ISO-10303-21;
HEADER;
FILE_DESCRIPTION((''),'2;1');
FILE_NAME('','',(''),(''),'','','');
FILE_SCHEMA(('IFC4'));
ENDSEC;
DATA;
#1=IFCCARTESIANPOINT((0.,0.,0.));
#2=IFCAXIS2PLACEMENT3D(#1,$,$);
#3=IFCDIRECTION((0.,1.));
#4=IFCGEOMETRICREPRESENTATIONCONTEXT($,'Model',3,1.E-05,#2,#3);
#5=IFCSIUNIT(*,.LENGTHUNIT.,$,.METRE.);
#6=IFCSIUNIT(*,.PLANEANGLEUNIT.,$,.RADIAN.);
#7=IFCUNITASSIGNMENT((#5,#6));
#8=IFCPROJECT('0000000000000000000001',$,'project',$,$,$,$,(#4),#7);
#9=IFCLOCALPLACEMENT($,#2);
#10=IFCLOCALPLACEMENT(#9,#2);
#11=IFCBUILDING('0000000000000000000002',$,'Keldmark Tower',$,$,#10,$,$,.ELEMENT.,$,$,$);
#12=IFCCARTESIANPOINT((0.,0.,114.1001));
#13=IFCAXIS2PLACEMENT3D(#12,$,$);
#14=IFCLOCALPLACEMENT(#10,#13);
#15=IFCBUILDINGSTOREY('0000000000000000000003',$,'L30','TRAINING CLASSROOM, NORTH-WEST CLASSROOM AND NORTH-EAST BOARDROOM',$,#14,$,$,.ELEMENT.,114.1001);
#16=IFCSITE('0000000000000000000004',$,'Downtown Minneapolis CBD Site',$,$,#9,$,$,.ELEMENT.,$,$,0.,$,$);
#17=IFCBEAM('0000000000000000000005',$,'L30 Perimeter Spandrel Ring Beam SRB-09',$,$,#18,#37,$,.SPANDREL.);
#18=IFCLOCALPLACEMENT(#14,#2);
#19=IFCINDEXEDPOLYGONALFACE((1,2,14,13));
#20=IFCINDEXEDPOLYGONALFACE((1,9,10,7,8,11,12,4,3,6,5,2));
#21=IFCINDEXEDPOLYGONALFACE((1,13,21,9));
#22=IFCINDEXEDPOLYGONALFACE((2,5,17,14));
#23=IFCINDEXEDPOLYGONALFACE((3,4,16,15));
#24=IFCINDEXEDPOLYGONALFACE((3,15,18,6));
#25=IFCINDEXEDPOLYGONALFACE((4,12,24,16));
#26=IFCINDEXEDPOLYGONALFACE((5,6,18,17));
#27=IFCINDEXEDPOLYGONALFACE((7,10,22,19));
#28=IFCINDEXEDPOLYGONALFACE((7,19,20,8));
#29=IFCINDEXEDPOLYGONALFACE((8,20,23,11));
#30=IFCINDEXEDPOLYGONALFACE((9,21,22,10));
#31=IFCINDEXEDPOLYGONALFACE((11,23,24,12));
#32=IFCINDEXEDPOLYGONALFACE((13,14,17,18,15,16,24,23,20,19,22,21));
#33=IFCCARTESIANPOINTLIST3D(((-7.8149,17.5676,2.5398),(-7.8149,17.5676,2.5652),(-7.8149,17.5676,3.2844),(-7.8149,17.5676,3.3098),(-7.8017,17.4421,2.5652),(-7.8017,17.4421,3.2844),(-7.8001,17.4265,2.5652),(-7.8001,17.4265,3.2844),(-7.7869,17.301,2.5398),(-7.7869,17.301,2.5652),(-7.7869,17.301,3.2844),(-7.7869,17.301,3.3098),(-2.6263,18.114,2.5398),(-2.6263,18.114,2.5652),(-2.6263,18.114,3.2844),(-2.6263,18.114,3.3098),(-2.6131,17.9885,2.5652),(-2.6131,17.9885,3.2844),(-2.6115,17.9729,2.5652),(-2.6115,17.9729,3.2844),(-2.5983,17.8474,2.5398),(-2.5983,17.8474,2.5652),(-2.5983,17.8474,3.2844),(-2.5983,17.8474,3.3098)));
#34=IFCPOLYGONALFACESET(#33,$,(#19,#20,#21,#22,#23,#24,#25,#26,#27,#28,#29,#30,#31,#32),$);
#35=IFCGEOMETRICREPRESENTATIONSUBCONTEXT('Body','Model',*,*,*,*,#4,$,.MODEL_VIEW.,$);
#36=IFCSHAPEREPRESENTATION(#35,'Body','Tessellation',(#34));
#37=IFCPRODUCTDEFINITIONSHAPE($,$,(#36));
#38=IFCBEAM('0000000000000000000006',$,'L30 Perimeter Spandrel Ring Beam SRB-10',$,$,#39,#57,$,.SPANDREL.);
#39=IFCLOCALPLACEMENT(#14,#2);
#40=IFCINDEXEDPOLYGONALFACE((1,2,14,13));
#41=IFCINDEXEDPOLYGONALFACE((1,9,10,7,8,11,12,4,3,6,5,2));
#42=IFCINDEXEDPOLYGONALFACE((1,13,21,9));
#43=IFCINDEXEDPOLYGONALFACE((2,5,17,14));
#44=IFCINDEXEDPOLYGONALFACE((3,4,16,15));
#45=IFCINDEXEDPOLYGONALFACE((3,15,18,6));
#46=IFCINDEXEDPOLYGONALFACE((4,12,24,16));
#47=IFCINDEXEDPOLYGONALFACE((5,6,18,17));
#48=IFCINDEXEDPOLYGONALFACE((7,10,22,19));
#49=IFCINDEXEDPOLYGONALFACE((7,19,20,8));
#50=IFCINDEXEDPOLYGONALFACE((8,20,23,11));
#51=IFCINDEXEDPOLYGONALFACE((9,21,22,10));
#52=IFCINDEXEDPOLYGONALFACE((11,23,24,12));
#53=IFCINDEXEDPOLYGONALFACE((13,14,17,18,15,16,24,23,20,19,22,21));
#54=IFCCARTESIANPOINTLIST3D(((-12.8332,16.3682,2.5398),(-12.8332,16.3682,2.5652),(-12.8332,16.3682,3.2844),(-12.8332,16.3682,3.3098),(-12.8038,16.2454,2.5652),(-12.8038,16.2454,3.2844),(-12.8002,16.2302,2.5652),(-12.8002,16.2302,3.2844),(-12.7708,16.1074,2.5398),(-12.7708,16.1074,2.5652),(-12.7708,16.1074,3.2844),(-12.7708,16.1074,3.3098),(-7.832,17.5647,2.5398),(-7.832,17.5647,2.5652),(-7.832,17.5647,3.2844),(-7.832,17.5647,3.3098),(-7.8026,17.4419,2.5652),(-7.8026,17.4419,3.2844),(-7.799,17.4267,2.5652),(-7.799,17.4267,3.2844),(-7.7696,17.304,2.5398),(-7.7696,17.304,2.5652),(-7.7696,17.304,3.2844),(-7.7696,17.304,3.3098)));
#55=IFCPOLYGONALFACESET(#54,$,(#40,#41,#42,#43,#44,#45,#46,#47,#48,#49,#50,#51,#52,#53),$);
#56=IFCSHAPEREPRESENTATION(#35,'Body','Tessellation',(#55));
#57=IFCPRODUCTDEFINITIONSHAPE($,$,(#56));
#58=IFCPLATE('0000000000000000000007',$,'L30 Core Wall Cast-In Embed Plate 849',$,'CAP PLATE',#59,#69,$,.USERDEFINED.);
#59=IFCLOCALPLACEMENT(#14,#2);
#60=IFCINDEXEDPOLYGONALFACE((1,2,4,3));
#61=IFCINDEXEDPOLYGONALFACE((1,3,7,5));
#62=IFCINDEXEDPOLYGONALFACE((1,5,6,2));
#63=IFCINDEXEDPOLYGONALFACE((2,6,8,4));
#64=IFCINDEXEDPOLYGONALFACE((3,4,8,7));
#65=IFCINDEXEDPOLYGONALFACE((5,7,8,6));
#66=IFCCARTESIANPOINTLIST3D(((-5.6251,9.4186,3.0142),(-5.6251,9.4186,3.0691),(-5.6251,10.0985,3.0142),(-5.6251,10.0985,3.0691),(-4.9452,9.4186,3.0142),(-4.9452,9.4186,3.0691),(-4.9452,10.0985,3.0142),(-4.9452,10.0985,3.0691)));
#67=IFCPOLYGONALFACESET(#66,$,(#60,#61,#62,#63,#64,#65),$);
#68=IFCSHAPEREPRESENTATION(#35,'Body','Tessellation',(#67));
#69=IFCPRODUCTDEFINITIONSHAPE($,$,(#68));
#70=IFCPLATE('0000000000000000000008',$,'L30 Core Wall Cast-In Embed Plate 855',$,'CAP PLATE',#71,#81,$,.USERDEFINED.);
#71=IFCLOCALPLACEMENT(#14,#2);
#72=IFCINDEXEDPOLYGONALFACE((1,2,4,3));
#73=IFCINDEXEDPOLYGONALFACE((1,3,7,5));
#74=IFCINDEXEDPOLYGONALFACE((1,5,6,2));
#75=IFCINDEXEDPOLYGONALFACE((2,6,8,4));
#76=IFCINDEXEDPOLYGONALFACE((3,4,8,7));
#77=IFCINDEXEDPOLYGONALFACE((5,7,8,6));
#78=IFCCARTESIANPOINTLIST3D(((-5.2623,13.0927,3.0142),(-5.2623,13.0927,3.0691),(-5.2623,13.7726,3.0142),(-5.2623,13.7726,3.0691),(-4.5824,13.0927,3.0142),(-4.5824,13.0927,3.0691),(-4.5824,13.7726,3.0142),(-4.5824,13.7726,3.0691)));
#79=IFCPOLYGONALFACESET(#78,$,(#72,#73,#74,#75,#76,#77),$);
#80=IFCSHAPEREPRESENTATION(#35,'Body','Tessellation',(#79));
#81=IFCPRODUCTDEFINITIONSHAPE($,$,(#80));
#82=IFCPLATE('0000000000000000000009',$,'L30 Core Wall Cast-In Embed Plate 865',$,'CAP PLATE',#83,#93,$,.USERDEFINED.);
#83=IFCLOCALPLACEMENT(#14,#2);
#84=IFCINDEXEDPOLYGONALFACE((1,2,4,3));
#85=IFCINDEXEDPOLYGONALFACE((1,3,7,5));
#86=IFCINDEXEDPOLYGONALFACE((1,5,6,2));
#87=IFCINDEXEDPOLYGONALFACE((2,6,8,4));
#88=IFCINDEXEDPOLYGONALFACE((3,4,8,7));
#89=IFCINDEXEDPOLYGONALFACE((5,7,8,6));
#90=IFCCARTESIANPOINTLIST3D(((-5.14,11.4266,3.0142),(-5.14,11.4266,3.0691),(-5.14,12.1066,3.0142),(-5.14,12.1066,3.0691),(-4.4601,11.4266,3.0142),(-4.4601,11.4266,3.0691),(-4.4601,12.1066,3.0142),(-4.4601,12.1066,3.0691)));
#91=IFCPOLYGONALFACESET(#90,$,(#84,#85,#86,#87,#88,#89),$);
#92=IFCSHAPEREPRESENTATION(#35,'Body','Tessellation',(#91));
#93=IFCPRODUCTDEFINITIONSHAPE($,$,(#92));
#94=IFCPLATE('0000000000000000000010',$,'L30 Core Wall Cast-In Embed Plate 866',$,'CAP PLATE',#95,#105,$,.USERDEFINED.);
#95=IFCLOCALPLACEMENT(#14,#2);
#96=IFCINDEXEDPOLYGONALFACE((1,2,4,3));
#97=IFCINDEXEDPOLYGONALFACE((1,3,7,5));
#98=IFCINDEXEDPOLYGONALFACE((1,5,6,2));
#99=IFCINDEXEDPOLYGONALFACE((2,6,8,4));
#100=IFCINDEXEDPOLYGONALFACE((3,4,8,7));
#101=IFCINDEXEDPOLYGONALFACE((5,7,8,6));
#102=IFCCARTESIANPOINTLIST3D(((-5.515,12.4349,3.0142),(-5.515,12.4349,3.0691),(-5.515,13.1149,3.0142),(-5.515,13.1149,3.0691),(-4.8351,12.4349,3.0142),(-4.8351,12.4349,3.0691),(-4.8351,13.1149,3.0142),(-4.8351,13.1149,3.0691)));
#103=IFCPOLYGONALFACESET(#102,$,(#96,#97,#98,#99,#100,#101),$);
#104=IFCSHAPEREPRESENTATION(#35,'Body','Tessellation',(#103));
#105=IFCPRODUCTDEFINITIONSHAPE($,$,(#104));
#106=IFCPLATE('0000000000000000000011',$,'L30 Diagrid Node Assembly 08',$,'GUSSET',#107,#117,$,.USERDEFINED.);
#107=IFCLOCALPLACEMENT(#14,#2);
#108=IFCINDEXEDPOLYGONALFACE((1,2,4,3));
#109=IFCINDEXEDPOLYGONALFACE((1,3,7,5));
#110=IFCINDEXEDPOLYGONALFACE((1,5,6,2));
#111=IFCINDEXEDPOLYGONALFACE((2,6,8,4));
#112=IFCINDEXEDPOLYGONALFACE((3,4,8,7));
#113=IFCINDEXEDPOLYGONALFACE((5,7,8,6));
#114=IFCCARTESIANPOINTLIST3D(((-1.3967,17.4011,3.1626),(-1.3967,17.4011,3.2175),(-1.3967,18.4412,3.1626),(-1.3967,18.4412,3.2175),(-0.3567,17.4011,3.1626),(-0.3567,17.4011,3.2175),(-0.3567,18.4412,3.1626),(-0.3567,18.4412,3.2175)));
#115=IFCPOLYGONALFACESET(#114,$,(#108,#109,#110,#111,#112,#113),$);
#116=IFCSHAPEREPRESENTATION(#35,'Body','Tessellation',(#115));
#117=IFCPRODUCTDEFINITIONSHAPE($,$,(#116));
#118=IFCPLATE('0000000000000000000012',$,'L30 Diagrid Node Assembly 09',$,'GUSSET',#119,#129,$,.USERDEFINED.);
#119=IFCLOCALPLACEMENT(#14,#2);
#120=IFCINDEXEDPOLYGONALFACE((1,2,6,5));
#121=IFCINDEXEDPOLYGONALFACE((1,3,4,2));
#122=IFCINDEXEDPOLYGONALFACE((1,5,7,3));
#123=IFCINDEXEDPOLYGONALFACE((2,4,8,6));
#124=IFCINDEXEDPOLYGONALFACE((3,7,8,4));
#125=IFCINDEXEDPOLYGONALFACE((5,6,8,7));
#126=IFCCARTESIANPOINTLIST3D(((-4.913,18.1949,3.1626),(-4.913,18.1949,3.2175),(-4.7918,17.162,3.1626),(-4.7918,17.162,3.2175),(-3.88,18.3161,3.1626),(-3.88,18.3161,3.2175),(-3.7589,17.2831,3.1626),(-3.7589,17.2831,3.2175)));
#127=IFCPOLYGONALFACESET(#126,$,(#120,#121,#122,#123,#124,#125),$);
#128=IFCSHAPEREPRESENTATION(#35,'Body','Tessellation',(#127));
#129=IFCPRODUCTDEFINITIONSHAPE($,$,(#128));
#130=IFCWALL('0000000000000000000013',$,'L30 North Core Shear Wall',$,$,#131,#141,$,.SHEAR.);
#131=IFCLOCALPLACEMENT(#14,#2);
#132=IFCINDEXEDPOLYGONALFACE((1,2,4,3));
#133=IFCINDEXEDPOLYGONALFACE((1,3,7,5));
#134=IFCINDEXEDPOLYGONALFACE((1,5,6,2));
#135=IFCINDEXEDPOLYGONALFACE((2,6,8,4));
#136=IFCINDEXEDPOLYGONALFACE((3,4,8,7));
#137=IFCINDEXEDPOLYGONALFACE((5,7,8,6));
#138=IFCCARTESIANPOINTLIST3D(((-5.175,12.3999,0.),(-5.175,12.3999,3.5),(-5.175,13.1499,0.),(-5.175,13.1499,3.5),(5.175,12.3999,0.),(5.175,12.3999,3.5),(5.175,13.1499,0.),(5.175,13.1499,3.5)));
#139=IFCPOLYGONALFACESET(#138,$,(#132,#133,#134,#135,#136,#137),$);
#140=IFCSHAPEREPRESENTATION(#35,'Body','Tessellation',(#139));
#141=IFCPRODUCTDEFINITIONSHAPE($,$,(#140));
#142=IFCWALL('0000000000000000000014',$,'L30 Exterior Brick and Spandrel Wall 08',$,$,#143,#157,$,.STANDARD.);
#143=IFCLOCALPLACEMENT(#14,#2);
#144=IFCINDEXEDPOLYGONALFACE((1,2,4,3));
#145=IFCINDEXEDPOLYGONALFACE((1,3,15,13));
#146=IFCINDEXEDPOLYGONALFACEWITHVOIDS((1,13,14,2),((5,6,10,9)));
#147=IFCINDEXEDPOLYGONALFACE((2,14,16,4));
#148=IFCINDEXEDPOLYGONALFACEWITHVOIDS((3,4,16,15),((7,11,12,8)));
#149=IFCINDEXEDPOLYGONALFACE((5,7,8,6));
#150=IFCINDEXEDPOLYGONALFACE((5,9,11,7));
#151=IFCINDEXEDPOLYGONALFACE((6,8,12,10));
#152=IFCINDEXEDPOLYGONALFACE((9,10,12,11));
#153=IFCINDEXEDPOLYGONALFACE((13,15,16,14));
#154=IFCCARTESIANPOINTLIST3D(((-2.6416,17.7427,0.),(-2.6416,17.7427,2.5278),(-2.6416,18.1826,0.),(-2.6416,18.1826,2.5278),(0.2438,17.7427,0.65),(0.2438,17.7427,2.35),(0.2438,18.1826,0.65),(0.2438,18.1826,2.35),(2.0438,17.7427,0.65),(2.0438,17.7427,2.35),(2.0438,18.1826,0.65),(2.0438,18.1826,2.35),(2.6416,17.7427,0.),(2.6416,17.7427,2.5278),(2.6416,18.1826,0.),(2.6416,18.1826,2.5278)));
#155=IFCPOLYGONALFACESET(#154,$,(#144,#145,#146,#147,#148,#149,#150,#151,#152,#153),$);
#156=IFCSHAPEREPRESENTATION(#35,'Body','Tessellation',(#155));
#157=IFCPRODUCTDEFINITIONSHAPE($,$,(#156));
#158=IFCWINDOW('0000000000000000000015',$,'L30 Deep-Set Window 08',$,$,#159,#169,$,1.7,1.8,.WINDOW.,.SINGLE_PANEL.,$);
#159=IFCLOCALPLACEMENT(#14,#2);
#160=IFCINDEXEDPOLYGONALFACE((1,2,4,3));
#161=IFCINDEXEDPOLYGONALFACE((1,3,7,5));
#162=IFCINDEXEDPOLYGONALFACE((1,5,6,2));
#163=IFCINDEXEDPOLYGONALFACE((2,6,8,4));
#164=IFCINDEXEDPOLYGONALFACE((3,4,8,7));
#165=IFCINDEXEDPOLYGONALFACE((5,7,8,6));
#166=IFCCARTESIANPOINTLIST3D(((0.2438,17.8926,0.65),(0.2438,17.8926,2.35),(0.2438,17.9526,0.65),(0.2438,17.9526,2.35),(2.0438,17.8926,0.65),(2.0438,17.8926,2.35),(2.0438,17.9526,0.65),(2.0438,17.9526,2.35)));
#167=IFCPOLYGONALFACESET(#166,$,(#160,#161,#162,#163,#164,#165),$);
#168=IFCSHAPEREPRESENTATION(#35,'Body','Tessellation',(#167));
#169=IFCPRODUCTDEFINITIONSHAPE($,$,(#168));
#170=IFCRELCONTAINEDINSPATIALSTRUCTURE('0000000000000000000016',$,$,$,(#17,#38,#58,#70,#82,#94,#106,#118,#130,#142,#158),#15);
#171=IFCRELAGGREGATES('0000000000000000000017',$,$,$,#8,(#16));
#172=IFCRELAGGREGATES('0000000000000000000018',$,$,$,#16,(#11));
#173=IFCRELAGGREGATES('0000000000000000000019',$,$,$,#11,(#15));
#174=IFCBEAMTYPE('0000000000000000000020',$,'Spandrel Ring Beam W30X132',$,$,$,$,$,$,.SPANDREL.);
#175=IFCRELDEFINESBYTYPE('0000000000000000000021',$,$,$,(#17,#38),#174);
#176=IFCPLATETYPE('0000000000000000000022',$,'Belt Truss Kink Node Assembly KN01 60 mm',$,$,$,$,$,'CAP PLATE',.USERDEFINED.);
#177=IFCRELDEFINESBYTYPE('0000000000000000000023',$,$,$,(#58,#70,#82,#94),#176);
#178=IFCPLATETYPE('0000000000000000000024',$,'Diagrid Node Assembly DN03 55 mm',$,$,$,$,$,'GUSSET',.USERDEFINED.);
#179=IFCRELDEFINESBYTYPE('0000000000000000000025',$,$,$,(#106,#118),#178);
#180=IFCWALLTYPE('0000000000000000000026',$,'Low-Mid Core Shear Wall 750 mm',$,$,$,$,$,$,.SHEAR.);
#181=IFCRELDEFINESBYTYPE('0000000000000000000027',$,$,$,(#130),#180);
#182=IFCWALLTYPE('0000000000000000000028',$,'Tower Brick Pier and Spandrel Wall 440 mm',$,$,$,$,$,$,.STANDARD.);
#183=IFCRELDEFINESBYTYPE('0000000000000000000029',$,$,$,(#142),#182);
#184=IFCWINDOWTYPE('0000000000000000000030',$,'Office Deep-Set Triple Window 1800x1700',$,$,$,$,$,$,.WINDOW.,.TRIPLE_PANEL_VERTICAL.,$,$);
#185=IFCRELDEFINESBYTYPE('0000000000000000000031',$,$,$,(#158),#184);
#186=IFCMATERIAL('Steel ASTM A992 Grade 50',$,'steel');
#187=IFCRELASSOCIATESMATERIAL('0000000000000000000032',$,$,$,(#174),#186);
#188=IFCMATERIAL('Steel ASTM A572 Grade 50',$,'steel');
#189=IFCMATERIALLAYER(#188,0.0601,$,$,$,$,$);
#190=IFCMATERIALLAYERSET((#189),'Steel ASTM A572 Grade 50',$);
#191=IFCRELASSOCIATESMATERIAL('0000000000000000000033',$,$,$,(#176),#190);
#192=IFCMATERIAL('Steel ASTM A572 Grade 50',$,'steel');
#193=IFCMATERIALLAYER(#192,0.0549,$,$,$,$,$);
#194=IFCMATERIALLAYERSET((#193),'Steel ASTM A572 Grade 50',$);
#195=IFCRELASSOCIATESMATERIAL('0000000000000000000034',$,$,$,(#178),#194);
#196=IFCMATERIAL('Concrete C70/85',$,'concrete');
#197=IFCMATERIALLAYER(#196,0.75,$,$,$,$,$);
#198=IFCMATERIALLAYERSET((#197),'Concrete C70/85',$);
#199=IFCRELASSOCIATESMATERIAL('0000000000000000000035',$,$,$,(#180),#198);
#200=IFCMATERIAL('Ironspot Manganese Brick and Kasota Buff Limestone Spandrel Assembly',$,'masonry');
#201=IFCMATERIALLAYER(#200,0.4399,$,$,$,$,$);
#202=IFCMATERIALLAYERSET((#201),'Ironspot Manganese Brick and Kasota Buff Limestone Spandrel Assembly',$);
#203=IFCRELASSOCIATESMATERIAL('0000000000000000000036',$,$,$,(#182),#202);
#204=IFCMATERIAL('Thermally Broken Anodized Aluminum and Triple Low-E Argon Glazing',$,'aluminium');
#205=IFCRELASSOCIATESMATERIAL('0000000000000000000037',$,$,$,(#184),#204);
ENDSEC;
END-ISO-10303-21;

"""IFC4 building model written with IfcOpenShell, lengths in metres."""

from ifc_helpers import new_model, si_unit, direction, frame, frame_2d, origin, origin_2d, place, context, subcontext, project, spatial, rectangle, i_section, extrude, material, layer, layer_set, material_profile, profile_set, type_object, element, fill, save


model = new_model("IFC4")

# Units and contexts
model_context = context("Model", 3, precision=1e-05, world=origin(), true_north=direction((0.0, 1.0)))
body_context = subcontext(model_context, "Body", "Model", "MODEL_VIEW")
ifc_project = project(units=[si_unit("LENGTHUNIT", "METRE"), si_unit("PLANEANGLEUNIT", "RADIAN")], contexts=[model_context])

# Site, building, storey
site_placement = place(None, origin())
site = spatial("IfcSite", under=ifc_project, at=site_placement, Name="Downtown Minneapolis CBD Site", CompositionType="ELEMENT", RefElevation=0.0)
building_placement = place(site_placement, origin())
building = spatial("IfcBuilding", under=site, at=building_placement, Name="Keldmark Tower", CompositionType="ELEMENT")
storey_placement = place(building_placement, frame((0.0, 0.0, 114.1001)))
storey = spatial("IfcBuildingStorey", under=building, at=storey_placement, Name="L30", Description="TRAINING CLASSROOM, NORTH-WEST CLASSROOM AND NORTH-EAST BOARDROOM", CompositionType="ELEMENT", Elevation=114.1001)

# Beams
ifc_material_1 = material(Name="Steel ASTM A992 Grade 50", Category="steel")
ifc_material_profile_1 = material_profile(ifc_material_1, i_section(OverallWidth=0.2681, OverallDepth=0.77, WebThickness=0.0156, FlangeThickness=0.0254, at=origin_2d()), Name="W30X132")
ifc_profile_set_1 = profile_set([ifc_material_profile_1], Name="Steel ASTM A992 Grade 50")
beam_type_1 = type_object("IfcBeamType", Name="Spandrel Ring Beam W30X132", PredefinedType="SPANDREL", material=ifc_profile_set_1)
beam_1_placement = place(storey_placement, frame((-2.6123, 17.9807, 2.9248), z_axis=(-0.994501, -0.104729, 0.0), x_axis=(0.104729, -0.994501, 0.0)))
element("IfcBeam", 1, at=beam_1_placement, inside=storey, type_object=beam_type_1, Name="L30 Perimeter Spandrel Ring Beam SRB-09", PredefinedType="SPANDREL", context=body_context, shape_type="SweptSolid", body=[
    extrude(i_section(OverallWidth=0.2681, OverallDepth=0.77, WebThickness=0.0156, FlangeThickness=0.0254, at=origin_2d()), origin(), (0.0, 0.0, 1.0), 5.2173),
])
beam_2_placement = place(storey_placement, frame((-7.8008, 17.4343, 2.9248), z_axis=(-0.972553, -0.232682, 0.0), x_axis=(0.232682, -0.972553, 0.0)))
element("IfcBeam", 2, at=beam_2_placement, inside=storey, type_object=beam_type_1, Name="L30 Perimeter Spandrel Ring Beam SRB-10", PredefinedType="SPANDREL", context=body_context, shape_type="SweptSolid", body=[
    extrude(i_section(OverallWidth=0.2681, OverallDepth=0.77, WebThickness=0.0156, FlangeThickness=0.0254, at=origin_2d()), origin(), (0.0, 0.0, 1.0), 5.1423),
])

# Plates
ifc_material_2 = material(Name="Steel ASTM A572 Grade 50", Category="steel")
ifc_layer_1 = layer(ifc_material_2, 0.0601)
ifc_layer_set_1 = layer_set([ifc_layer_1], Name="Steel ASTM A572 Grade 50")
plate_type_1 = type_object("IfcPlateType", Name="Belt Truss Kink Node Assembly KN01 60 mm", ElementType="CAP PLATE", PredefinedType="USERDEFINED", material=ifc_layer_set_1)
for number, where, z_axis, x_axis, name in (
    (3, (-5.2852, 9.7585, 3.0142), (0.0, 0.0, 1.0), (1.0, 0.0, 0.0), "L30 Core Wall Cast-In Embed Plate 849"),
    (4, (-4.9224, 13.4326, 3.0142), (0.0, 0.0, 1.0), (1.0, 0.0, 0.0), "L30 Core Wall Cast-In Embed Plate 855"),
    (5, (-4.8, 11.7666, 3.0142), (0.0, 0.0, 1.0), (1.0, 0.0, 0.0), "L30 Core Wall Cast-In Embed Plate 865"),
    (6, (-5.175, 12.7749, 3.0142), (0.0, 0.0, 1.0), (1.0, 0.0, 0.0), "L30 Core Wall Cast-In Embed Plate 866"),
):
    element("IfcPlate", number, at=place(storey_placement, frame(where, z_axis=z_axis, x_axis=x_axis)), inside=storey, type_object=plate_type_1, Name=name, ObjectType="CAP PLATE", PredefinedType="USERDEFINED", context=body_context, shape_type="SweptSolid", body=[
        extrude(rectangle(XDim=0.6799, YDim=0.6799, at=origin_2d()), origin(), (0.0, 0.0, 1.0), 0.0549),
    ])
ifc_material_3 = material(Name="Steel ASTM A572 Grade 50", Category="steel")
ifc_layer_2 = layer(ifc_material_3, 0.0549)
ifc_layer_set_2 = layer_set([ifc_layer_2], Name="Steel ASTM A572 Grade 50")
plate_type_2 = type_object("IfcPlateType", Name="Diagrid Node Assembly DN03 55 mm", ElementType="GUSSET", PredefinedType="USERDEFINED", material=ifc_layer_set_2)
for number, where, z_axis, x_axis, name in (
    (7, (-0.8767, 17.9211, 3.1626), (0.0, 0.0, 1.0), (-1.0, 0.0, 0.0), "L30 Diagrid Node Assembly 08"),
    (8, (-4.3359, 17.739, 3.1626), (0.0, 0.0, 1.0), (-0.993191, -0.116497, 0.0), "L30 Diagrid Node Assembly 09"),
):
    element("IfcPlate", number, at=place(storey_placement, frame(where, z_axis=z_axis, x_axis=x_axis)), inside=storey, type_object=plate_type_2, Name=name, ObjectType="GUSSET", PredefinedType="USERDEFINED", context=body_context, shape_type="SweptSolid", body=[
        extrude(rectangle(XDim=1.04, YDim=1.04, at=origin_2d()), origin(), (0.0, 0.0, 1.0), 0.0549),
    ])

# Wall
ifc_material_4 = material(Name="Concrete C70/85", Category="concrete")
ifc_layer_3 = layer(ifc_material_4, 0.75)
ifc_layer_set_3 = layer_set([ifc_layer_3], Name="Concrete C70/85")
wall_type_1 = type_object("IfcWallType", Name="Low-Mid Core Shear Wall 750 mm", PredefinedType="SHEAR", material=ifc_layer_set_3)
wall_1_placement = place(storey_placement, frame((-5.175, 12.7749, 0.0), z_axis=(0.0, 0.0, 1.0), x_axis=(1.0, 0.0, 0.0)))
element("IfcWall", 9, at=wall_1_placement, inside=storey, type_object=wall_type_1, Name="L30 North Core Shear Wall", PredefinedType="SHEAR", context=body_context, shape_type="SweptSolid", body=[
    extrude(rectangle(XDim=10.3501, YDim=0.75, at=frame_2d((5.175, 0.0))), origin(), (0.0, 0.0, 1.0), 3.5),
])

# Wall, opening, window
ifc_material_5 = material(Name="Ironspot Manganese Brick and Kasota Buff Limestone Spandrel Assembly", Category="masonry")
ifc_layer_4 = layer(ifc_material_5, 0.4399)
ifc_layer_set_4 = layer_set([ifc_layer_4], Name="Ironspot Manganese Brick and Kasota Buff Limestone Spandrel Assembly")
wall_type_2 = type_object("IfcWallType", Name="Tower Brick Pier and Spandrel Wall 440 mm", PredefinedType="STANDARD", material=ifc_layer_set_4)
wall_2_placement = place(storey_placement, frame((-2.6416, 17.9626, 0.0), z_axis=(0.0, 0.0, 1.0), x_axis=(1.0, 0.0, 0.0)))
wall_2 = element("IfcWall", 10, at=wall_2_placement, inside=storey, type_object=wall_type_2, Name="L30 Exterior Brick and Spandrel Wall 08", PredefinedType="STANDARD", context=body_context, shape_type="SweptSolid", body=[
    extrude(rectangle(XDim=5.2832, YDim=0.4399, at=frame_2d((2.6416, 0.0))), origin(), (0.0, 0.0, 1.0), 2.5278),
])
opening_1_placement = place(wall_2_placement, frame((2.8855, 0.0, 0.6499)))
opening_1 = element("IfcOpeningElement", 11, at=opening_1_placement, cuts=wall_2, PredefinedType="OPENING", context=body_context, shape_type="SweptSolid", body=[
    extrude(rectangle(XDim=1.8, YDim=1.7, at=frame_2d((0.8999, 0.8501))), frame((0.0, 0.23, 0.0), z_axis=(0.0, -1.0, 0.0), x_axis=(1.0, 0.0, 0.0)), (0.0, 0.0, 1.0), 0.46),
])
ifc_material_6 = material(Name="Thermally Broken Anodized Aluminum and Triple Low-E Argon Glazing", Category="aluminium")
window_type = type_object("IfcWindowType", Name="Office Deep-Set Triple Window 1800x1700", PartitioningType="TRIPLE_PANEL_VERTICAL", PredefinedType="WINDOW", material=ifc_material_6)
window_1_placement = place(opening_1_placement, origin())
window_1 = element("IfcWindow", 12, at=window_1_placement, inside=storey, type_object=window_type, Name="L30 Deep-Set Window 08", OverallHeight=1.7, OverallWidth=1.8, PartitioningType="SINGLE_PANEL", PredefinedType="WINDOW", context=body_context, shape_type="SweptSolid", body=[
    extrude(rectangle(XDim=1.8, YDim=1.7, at=frame_2d((0.8999, 0.8501))), frame((0.0, -0.01, 0.0), z_axis=(0.0, -1.0, 0.0), x_axis=(1.0, 0.0, 0.0)), (0.0, 0.0, 1.0), 0.0601),
])
fill(opening_1, window_1)

save(model, "model.ifc")
